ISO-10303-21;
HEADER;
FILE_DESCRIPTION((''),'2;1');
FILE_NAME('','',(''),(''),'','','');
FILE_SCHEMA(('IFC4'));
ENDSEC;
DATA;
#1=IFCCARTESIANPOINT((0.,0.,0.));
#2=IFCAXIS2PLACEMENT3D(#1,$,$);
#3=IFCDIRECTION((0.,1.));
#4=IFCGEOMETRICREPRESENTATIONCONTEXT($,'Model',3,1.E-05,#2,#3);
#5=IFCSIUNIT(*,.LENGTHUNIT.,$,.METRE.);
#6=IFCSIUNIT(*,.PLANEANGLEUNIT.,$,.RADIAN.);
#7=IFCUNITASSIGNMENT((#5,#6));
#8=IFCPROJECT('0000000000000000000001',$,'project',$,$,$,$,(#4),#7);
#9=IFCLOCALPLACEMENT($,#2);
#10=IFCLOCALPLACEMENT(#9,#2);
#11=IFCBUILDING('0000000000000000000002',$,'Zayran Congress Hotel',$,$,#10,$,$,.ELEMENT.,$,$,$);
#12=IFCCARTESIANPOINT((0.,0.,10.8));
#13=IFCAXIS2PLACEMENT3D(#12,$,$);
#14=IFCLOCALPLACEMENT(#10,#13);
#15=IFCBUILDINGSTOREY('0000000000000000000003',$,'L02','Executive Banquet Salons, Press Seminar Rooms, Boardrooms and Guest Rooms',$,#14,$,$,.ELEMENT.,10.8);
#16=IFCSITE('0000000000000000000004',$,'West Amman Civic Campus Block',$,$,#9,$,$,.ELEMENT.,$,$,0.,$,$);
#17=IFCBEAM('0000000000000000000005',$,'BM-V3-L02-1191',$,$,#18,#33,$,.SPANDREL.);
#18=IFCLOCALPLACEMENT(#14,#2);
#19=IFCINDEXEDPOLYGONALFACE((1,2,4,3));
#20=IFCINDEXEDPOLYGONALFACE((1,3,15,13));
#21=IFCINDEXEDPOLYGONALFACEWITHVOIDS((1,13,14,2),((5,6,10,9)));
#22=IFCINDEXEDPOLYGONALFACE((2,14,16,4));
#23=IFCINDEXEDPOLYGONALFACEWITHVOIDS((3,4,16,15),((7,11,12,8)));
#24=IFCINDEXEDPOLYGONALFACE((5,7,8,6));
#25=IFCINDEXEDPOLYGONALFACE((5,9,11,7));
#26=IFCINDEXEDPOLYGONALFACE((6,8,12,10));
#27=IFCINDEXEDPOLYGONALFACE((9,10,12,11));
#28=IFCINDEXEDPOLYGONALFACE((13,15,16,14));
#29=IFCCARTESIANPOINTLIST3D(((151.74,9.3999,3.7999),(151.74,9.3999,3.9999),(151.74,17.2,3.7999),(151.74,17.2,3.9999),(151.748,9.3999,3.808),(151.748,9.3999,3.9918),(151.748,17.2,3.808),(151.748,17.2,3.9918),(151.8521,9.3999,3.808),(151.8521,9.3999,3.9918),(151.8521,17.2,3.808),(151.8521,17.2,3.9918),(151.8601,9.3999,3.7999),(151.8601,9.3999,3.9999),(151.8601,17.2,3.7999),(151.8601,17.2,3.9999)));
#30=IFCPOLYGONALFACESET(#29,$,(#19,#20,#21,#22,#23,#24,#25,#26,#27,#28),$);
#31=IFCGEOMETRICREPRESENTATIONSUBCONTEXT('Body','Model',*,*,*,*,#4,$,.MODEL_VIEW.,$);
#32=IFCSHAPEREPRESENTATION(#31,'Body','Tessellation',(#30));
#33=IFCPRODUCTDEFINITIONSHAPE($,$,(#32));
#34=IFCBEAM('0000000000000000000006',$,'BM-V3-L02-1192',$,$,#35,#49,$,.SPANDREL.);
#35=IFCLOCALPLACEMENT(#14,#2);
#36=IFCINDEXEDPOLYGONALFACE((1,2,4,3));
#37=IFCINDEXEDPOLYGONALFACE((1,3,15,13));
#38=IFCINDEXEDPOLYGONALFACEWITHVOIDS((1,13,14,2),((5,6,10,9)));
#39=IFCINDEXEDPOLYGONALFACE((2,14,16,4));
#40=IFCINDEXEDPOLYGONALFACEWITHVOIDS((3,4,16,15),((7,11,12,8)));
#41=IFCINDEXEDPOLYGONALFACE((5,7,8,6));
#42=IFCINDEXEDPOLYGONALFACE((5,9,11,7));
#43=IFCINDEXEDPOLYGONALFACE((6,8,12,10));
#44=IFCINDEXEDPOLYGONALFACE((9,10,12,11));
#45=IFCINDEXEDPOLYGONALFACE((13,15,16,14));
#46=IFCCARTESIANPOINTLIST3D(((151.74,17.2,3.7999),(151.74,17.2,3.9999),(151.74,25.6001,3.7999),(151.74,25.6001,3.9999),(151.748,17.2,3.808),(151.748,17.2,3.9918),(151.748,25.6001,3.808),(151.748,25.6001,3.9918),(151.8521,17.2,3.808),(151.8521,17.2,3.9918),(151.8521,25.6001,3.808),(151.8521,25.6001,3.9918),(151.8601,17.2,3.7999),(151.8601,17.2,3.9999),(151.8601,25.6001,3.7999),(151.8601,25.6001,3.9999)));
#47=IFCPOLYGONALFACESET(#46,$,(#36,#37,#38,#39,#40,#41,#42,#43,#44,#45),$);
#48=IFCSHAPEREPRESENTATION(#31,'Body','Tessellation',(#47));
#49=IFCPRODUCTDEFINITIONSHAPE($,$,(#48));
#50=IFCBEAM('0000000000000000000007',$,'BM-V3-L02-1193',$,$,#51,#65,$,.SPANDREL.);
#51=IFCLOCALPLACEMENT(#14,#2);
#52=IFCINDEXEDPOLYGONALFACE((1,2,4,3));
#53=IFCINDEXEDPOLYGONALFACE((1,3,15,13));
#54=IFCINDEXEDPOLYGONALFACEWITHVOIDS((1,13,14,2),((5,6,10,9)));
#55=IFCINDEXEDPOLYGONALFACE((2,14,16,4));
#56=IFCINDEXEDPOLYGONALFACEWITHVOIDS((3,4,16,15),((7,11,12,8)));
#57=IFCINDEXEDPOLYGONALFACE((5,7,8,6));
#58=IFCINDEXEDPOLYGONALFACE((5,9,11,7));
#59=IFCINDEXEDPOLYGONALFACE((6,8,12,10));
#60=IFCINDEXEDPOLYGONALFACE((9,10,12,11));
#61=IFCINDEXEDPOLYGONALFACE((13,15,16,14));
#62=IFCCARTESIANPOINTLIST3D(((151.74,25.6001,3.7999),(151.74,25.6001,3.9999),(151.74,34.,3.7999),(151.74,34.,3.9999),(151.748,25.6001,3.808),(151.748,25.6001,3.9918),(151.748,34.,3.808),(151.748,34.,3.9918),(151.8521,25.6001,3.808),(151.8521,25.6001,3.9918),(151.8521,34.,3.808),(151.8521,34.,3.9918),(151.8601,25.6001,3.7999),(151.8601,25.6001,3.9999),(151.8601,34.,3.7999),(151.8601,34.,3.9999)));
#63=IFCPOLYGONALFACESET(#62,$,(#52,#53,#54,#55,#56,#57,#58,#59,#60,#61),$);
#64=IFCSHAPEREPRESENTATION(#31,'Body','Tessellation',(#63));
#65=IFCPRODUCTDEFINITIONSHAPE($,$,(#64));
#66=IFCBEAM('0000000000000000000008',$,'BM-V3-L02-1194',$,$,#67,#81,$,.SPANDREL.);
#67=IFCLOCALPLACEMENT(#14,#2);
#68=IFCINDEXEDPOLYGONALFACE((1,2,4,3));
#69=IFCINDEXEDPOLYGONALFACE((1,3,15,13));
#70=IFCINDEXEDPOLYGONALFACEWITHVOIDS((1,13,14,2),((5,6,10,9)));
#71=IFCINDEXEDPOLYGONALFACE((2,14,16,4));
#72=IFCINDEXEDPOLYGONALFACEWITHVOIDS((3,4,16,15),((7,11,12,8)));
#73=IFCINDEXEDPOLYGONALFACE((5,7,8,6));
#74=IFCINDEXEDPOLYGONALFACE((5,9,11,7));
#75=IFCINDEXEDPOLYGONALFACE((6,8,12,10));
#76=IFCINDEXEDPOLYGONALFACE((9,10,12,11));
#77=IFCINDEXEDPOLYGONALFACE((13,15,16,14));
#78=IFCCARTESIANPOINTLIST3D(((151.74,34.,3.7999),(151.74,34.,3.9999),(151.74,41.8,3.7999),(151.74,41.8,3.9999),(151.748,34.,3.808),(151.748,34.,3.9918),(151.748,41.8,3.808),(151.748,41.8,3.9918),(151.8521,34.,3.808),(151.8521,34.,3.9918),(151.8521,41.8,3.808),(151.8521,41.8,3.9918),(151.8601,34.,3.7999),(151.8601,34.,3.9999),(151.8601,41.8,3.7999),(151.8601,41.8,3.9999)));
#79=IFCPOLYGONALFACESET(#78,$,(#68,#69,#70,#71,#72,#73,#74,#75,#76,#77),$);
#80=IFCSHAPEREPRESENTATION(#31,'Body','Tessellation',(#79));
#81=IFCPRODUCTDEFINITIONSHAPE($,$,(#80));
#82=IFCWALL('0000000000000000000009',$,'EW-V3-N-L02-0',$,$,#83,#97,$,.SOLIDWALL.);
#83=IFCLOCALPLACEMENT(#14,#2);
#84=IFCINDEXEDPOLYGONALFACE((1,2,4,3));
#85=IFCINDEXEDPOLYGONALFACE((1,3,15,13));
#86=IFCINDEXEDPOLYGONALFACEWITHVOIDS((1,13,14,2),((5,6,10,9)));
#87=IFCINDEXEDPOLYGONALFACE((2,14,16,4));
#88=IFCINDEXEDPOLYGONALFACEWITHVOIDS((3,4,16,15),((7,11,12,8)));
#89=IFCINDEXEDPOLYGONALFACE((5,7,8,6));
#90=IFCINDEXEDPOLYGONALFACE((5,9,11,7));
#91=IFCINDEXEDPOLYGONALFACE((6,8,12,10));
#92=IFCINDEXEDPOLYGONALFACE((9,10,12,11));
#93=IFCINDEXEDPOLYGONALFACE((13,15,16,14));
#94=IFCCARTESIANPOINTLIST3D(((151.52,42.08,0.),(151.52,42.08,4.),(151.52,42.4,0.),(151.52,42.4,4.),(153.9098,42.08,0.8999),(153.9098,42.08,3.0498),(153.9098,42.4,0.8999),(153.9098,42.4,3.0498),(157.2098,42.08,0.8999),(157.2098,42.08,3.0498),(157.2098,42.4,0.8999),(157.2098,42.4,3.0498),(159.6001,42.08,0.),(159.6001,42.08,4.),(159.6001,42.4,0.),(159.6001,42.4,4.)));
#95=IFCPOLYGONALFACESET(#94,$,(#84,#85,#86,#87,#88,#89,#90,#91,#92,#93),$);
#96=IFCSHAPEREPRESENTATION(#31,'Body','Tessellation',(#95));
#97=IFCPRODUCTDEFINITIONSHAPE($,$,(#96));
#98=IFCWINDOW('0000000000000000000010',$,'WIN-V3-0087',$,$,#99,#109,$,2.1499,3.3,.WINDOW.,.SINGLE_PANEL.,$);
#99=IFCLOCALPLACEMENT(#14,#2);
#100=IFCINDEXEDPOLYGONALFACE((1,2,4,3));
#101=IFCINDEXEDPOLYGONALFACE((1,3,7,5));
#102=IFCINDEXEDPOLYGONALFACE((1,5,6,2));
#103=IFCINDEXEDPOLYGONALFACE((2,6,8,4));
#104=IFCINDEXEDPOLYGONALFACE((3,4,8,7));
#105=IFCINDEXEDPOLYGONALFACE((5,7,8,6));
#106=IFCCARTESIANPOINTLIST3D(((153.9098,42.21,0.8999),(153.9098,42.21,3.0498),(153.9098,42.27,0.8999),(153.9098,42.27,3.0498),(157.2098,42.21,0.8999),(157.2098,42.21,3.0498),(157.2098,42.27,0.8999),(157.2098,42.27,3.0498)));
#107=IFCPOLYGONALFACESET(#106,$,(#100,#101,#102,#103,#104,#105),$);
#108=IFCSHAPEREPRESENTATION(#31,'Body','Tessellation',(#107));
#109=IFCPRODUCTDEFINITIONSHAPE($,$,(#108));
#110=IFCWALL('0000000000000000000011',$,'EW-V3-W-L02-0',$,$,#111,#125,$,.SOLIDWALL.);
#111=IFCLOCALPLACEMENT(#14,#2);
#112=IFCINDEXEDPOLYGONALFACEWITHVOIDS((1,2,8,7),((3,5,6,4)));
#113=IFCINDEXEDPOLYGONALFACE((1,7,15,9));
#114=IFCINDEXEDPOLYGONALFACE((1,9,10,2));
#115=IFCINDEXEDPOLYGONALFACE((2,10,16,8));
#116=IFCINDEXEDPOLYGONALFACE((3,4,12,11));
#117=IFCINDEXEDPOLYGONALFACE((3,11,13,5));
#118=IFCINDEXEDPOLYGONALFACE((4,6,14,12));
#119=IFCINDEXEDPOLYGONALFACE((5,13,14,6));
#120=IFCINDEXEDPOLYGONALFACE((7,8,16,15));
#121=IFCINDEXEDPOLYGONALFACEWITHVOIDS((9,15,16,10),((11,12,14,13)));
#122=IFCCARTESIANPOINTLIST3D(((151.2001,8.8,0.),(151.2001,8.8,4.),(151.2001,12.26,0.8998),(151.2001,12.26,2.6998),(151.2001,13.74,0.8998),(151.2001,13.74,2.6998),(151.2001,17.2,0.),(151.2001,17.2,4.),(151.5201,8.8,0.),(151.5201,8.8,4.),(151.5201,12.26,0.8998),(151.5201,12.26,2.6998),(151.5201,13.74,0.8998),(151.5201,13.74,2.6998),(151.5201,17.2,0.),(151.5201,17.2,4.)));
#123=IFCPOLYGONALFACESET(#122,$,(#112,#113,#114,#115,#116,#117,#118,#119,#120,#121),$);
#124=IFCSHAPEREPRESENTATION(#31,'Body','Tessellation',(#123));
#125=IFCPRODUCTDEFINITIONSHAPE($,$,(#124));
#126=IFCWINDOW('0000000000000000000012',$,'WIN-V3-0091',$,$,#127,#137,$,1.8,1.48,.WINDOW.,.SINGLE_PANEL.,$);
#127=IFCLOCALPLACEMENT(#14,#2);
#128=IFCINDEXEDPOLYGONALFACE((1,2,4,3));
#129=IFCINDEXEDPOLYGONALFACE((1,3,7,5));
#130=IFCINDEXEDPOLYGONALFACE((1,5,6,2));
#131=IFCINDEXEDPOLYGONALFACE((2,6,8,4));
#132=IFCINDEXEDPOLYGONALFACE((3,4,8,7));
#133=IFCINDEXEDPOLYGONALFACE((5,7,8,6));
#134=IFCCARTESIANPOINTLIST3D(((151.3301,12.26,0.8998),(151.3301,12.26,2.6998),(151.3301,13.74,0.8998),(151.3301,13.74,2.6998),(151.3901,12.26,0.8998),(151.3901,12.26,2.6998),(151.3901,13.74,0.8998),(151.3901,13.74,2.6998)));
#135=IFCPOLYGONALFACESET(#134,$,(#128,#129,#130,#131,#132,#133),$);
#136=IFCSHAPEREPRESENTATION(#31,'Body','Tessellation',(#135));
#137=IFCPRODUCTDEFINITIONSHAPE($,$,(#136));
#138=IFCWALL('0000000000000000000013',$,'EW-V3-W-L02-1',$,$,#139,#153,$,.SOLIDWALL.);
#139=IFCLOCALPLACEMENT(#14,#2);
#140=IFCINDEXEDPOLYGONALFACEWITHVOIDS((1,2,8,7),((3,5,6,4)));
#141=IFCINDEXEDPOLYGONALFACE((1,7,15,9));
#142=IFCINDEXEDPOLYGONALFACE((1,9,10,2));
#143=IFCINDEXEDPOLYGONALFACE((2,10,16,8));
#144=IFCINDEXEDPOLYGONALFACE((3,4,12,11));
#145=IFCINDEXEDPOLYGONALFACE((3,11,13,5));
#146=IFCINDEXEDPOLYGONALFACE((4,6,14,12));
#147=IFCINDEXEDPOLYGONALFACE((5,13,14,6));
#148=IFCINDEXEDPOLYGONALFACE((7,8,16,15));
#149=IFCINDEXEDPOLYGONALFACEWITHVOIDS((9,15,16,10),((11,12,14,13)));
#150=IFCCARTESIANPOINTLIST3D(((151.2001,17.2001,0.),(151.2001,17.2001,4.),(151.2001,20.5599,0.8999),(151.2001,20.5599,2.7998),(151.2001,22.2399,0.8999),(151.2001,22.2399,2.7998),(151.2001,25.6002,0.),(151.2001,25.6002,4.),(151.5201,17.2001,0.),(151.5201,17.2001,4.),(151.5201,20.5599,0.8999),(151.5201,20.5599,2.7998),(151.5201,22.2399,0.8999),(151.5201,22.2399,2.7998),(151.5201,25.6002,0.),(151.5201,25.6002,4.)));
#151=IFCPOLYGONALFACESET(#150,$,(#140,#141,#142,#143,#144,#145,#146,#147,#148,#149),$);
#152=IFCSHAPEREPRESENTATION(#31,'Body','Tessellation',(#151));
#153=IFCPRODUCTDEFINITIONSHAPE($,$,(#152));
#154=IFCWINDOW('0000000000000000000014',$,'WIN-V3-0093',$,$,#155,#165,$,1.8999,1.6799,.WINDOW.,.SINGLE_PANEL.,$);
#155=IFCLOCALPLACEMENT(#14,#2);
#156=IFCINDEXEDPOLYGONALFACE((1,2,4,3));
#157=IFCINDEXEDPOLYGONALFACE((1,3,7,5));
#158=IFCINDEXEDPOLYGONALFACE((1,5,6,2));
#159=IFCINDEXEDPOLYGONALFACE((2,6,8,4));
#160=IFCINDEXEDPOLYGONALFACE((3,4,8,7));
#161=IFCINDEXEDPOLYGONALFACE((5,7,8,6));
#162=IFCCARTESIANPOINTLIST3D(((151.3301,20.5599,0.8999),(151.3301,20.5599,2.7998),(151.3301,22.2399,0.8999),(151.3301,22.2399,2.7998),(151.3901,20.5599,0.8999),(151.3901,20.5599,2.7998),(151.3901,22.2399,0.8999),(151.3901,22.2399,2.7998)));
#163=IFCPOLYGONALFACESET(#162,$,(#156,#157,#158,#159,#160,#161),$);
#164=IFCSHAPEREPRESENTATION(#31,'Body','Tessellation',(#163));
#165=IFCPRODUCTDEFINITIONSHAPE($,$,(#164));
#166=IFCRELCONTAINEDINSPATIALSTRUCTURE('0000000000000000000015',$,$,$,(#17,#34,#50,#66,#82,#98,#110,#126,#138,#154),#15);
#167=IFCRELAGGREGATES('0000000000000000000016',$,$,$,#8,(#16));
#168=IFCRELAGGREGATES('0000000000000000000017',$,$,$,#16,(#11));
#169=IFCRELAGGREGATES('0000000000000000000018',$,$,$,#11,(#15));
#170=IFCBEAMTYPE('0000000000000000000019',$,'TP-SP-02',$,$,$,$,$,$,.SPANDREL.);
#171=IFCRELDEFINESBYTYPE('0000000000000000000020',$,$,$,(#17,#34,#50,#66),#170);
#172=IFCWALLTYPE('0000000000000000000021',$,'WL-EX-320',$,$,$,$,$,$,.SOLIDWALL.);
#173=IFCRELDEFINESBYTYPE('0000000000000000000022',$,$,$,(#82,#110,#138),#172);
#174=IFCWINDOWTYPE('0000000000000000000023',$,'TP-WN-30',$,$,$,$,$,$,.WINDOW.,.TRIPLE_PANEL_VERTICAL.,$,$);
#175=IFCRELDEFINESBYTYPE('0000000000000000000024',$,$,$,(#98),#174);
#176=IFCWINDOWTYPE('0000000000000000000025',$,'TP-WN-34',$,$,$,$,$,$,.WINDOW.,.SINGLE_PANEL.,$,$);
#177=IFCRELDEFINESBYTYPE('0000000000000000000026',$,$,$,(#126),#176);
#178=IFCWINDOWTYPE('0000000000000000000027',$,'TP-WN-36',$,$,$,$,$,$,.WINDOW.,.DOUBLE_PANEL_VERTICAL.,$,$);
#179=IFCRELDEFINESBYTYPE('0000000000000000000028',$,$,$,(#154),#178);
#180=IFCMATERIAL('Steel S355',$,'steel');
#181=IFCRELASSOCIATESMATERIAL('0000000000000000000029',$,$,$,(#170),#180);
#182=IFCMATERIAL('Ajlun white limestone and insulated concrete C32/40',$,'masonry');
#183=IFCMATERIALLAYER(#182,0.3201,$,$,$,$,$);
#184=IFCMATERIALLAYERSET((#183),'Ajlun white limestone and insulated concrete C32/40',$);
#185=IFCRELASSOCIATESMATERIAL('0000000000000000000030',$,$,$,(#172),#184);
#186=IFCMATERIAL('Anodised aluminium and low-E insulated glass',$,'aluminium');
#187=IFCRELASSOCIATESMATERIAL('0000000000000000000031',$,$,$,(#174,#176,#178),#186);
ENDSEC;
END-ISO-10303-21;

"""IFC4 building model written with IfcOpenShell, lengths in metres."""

from ifc_helpers import new_model, si_unit, direction, frame, frame_2d, origin, origin_2d, place, context, subcontext, project, spatial, rectangle, hollow_rectangle, extrude, material, layer, layer_set, material_profile, profile_set, type_object, element, fill, save


model = new_model("IFC4")

# Units and contexts
model_context = context("Model", 3, precision=1e-05, world=origin(), true_north=direction((0.0, 1.0)))
body_context = subcontext(model_context, "Body", "Model", "MODEL_VIEW")
ifc_project = project(units=[si_unit("LENGTHUNIT", "METRE"), si_unit("PLANEANGLEUNIT", "RADIAN")], contexts=[model_context])

# Site, building, storey
site_placement = place(None, origin())
site = spatial("IfcSite", under=ifc_project, at=site_placement, Name="West Amman Civic Campus Block", CompositionType="ELEMENT", RefElevation=0.0)
building_placement = place(site_placement, origin())
building = spatial("IfcBuilding", under=site, at=building_placement, Name="Zayran Congress Hotel", CompositionType="ELEMENT")
storey_placement = place(building_placement, frame((0.0, 0.0, 10.8)))
storey = spatial("IfcBuildingStorey", under=building, at=storey_placement, Name="L02", Description="Executive Banquet Salons, Press Seminar Rooms, Boardrooms and Guest Rooms", CompositionType="ELEMENT", Elevation=10.8)

# Shared definitions
ifc_material_1 = material(Name="Steel S355", Category="steel")

# Beams
ifc_material_profile_1 = material_profile(ifc_material_1, hollow_rectangle(XDim=0.1201, YDim=0.2, WallThickness=0.0081, at=origin_2d()), Name="RHS 200x120x8")
ifc_profile_set_1 = profile_set([ifc_material_profile_1], Name="Steel S355")
beam_type_1 = type_object("IfcBeamType", Name="TP-SP-02", PredefinedType="SPANDREL", material=ifc_profile_set_1)
for number, where, z_axis, x_axis, name in (
    (1, (151.8, 9.3999, 3.8999), (0.0, 1.0, 0.0), (-1.0, 0.0, 0.0), "BM-V3-L02-1191"),
):
    element("IfcBeam", number, at=place(storey_placement, frame(where, z_axis=z_axis, x_axis=x_axis)), inside=storey, type_object=beam_type_1, Name=name, PredefinedType="SPANDREL", context=body_context, shape_type="SweptSolid", body=[
        extrude(hollow_rectangle(XDim=0.1201, YDim=0.2, WallThickness=0.0081, at=origin_2d()), origin(), (0.0, 0.0, 1.0), 7.8),
    ])
beam_1_placement = place(storey_placement, frame((151.8, 17.2, 3.8999), z_axis=(0.0, 1.0, 0.0), x_axis=(-1.0, 0.0, 0.0)))
element("IfcBeam", 2, at=beam_1_placement, inside=storey, type_object=beam_type_1, Name="BM-V3-L02-1192", PredefinedType="SPANDREL", context=body_context, shape_type="SweptSolid", body=[
    extrude(hollow_rectangle(XDim=0.1201, YDim=0.2, WallThickness=0.0081, at=origin_2d()), origin(), (0.0, 0.0, 1.0), 8.4001),
])
beam_2_placement = place(storey_placement, frame((151.8, 25.6001, 3.8999), z_axis=(0.0, 1.0, 0.0), x_axis=(-1.0, 0.0, 0.0)))
element("IfcBeam", 3, at=beam_2_placement, inside=storey, type_object=beam_type_1, Name="BM-V3-L02-1193", PredefinedType="SPANDREL", context=body_context, shape_type="SweptSolid", body=[
    extrude(hollow_rectangle(XDim=0.1201, YDim=0.2, WallThickness=0.0081, at=origin_2d()), origin(), (0.0, 0.0, 1.0), 8.3999),
])
beam_3_placement = place(storey_placement, frame((151.8, 34.0, 3.8999), z_axis=(0.0, 1.0, 0.0), x_axis=(-1.0, 0.0, 0.0)))
element("IfcBeam", 4, at=beam_3_placement, inside=storey, type_object=beam_type_1, Name="BM-V3-L02-1194", PredefinedType="SPANDREL", context=body_context, shape_type="SweptSolid", body=[
    extrude(hollow_rectangle(XDim=0.1201, YDim=0.2, WallThickness=0.0081, at=origin_2d()), origin(), (0.0, 0.0, 1.0), 7.8),
])

# Walls, openings, windows
ifc_material_2 = material(Name="Ajlun white limestone and insulated concrete C32/40", Category="masonry")
ifc_layer_1 = layer(ifc_material_2, 0.3201)
ifc_layer_set_1 = layer_set([ifc_layer_1], Name="Ajlun white limestone and insulated concrete C32/40")
wall_type_1 = type_object("IfcWallType", Name="WL-EX-320", PredefinedType="SOLIDWALL", material=ifc_layer_set_1)
wall_1_placement = place(storey_placement, frame((151.52, 42.24, 0.0), z_axis=(0.0, 0.0, 1.0), x_axis=(1.0, 0.0, 0.0)))
wall_1 = element("IfcWall", 5, at=wall_1_placement, inside=storey, type_object=wall_type_1, Name="EW-V3-N-L02-0", PredefinedType="SOLIDWALL", context=body_context, shape_type="SweptSolid", body=[
    extrude(rectangle(XDim=8.0801, YDim=0.3201, at=frame_2d((4.04, 0.0))), origin(), (0.0, 0.0, 1.0), 4.0),
])
opening_1_placement = place(wall_1_placement, frame((2.3899, 0.0, 0.8999)))
opening_1 = element("IfcOpeningElement", 6, at=opening_1_placement, cuts=wall_1, PredefinedType="OPENING", context=body_context, shape_type="SweptSolid", body=[
    extrude(rectangle(XDim=3.3, YDim=2.1499, at=frame_2d((1.6499, 1.075))), frame((0.0, 0.1699, 0.0), z_axis=(0.0, -1.0, 0.0), x_axis=(1.0, 0.0, 0.0)), (0.0, 0.0, 1.0), 0.3401),
])
ifc_material_3 = material(Name="Anodised aluminium and low-E insulated glass", Category="aluminium")
window_type_1 = type_object("IfcWindowType", Name="TP-WN-30", PartitioningType="TRIPLE_PANEL_VERTICAL", PredefinedType="WINDOW", material=ifc_material_3)
window_1_placement = place(opening_1_placement, origin())
window_1 = element("IfcWindow", 7, at=window_1_placement, inside=storey, type_object=window_type_1, Name="WIN-V3-0087", OverallHeight=2.1499, OverallWidth=3.3, PartitioningType="SINGLE_PANEL", PredefinedType="WINDOW", context=body_context, shape_type="SweptSolid", body=[
    extrude(rectangle(XDim=3.3, YDim=2.1499, at=frame_2d((1.6499, 1.075))), frame((0.0, 0.03, 0.0), z_axis=(0.0, -1.0, 0.0), x_axis=(1.0, 0.0, 0.0)), (0.0, 0.0, 1.0), 0.0601),
])
fill(opening_1, window_1)
wall_2_placement = place(storey_placement, frame((151.3601, 8.8, 0.0), z_axis=(0.0, 0.0, 1.0), x_axis=(0.0, 1.0, 0.0)))
wall_2 = element("IfcWall", 8, at=wall_2_placement, inside=storey, type_object=wall_type_1, Name="EW-V3-W-L02-0", PredefinedType="SOLIDWALL", context=body_context, shape_type="SweptSolid", body=[
    extrude(rectangle(XDim=8.3999, YDim=0.3201, at=frame_2d((4.2, 0.0))), origin(), (0.0, 0.0, 1.0), 4.0),
])
opening_2_placement = place(wall_2_placement, frame((3.46, 0.0, 0.8999)))
opening_2 = element("IfcOpeningElement", 9, at=opening_2_placement, cuts=wall_2, PredefinedType="OPENING", context=body_context, shape_type="SweptSolid", body=[
    extrude(rectangle(XDim=1.48, YDim=1.8, at=frame_2d((0.74, 0.8999))), frame((0.0, 0.1699, 0.0), z_axis=(0.0, -1.0, 0.0), x_axis=(1.0, 0.0, 0.0)), (0.0, 0.0, 1.0), 0.3401),
])
window_type_2 = type_object("IfcWindowType", Name="TP-WN-34", PartitioningType="SINGLE_PANEL", PredefinedType="WINDOW", material=ifc_material_3)
window_2_placement = place(opening_2_placement, origin())
window_2 = element("IfcWindow", 10, at=window_2_placement, inside=storey, type_object=window_type_2, Name="WIN-V3-0091", OverallHeight=1.8, OverallWidth=1.48, PartitioningType="SINGLE_PANEL", PredefinedType="WINDOW", context=body_context, shape_type="SweptSolid", body=[
    extrude(rectangle(XDim=1.48, YDim=1.8, at=frame_2d((0.74, 0.8999))), frame((0.0, 0.03, 0.0), z_axis=(0.0, -1.0, 0.0), x_axis=(1.0, 0.0, 0.0)), (0.0, 0.0, 1.0), 0.0601),
])
fill(opening_2, window_2)
wall_3_placement = place(storey_placement, frame((151.3601, 17.2, 0.0), z_axis=(0.0, 0.0, 1.0), x_axis=(0.0, 1.0, 0.0)))
wall_3 = element("IfcWall", 11, at=wall_3_placement, inside=storey, type_object=wall_type_1, Name="EW-V3-W-L02-1", PredefinedType="SOLIDWALL", context=body_context, shape_type="SweptSolid", body=[
    extrude(rectangle(XDim=8.4001, YDim=0.3201, at=frame_2d((4.2002, 0.0))), origin(), (0.0, 0.0, 1.0), 4.0),
])
opening_3_placement = place(wall_3_placement, frame((3.3601, 0.0, 0.8999)))
opening_3 = element("IfcOpeningElement", 12, at=opening_3_placement, cuts=wall_3, PredefinedType="OPENING", context=body_context, shape_type="SweptSolid", body=[
    extrude(rectangle(XDim=1.6799, YDim=1.8999, at=frame_2d((0.8398, 0.95))), frame((0.0, 0.1699, 0.0), z_axis=(0.0, -1.0, 0.0), x_axis=(1.0, 0.0, 0.0)), (0.0, 0.0, 1.0), 0.3401),
])
window_type_3 = type_object("IfcWindowType", Name="TP-WN-36", PartitioningType="DOUBLE_PANEL_VERTICAL", PredefinedType="WINDOW", material=ifc_material_3)
window_3_placement = place(opening_3_placement, origin())
window_3 = element("IfcWindow", 13, at=window_3_placement, inside=storey, type_object=window_type_3, Name="WIN-V3-0093", OverallHeight=1.8999, OverallWidth=1.6799, PartitioningType="SINGLE_PANEL", PredefinedType="WINDOW", context=body_context, shape_type="SweptSolid", body=[
    extrude(rectangle(XDim=1.6799, YDim=1.8999, at=frame_2d((0.8398, 0.95))), frame((0.0, 0.03, 0.0), z_axis=(0.0, -1.0, 0.0), x_axis=(1.0, 0.0, 0.0)), (0.0, 0.0, 1.0), 0.0601),
])
fill(opening_3, window_3)

save(model, "model.ifc")
